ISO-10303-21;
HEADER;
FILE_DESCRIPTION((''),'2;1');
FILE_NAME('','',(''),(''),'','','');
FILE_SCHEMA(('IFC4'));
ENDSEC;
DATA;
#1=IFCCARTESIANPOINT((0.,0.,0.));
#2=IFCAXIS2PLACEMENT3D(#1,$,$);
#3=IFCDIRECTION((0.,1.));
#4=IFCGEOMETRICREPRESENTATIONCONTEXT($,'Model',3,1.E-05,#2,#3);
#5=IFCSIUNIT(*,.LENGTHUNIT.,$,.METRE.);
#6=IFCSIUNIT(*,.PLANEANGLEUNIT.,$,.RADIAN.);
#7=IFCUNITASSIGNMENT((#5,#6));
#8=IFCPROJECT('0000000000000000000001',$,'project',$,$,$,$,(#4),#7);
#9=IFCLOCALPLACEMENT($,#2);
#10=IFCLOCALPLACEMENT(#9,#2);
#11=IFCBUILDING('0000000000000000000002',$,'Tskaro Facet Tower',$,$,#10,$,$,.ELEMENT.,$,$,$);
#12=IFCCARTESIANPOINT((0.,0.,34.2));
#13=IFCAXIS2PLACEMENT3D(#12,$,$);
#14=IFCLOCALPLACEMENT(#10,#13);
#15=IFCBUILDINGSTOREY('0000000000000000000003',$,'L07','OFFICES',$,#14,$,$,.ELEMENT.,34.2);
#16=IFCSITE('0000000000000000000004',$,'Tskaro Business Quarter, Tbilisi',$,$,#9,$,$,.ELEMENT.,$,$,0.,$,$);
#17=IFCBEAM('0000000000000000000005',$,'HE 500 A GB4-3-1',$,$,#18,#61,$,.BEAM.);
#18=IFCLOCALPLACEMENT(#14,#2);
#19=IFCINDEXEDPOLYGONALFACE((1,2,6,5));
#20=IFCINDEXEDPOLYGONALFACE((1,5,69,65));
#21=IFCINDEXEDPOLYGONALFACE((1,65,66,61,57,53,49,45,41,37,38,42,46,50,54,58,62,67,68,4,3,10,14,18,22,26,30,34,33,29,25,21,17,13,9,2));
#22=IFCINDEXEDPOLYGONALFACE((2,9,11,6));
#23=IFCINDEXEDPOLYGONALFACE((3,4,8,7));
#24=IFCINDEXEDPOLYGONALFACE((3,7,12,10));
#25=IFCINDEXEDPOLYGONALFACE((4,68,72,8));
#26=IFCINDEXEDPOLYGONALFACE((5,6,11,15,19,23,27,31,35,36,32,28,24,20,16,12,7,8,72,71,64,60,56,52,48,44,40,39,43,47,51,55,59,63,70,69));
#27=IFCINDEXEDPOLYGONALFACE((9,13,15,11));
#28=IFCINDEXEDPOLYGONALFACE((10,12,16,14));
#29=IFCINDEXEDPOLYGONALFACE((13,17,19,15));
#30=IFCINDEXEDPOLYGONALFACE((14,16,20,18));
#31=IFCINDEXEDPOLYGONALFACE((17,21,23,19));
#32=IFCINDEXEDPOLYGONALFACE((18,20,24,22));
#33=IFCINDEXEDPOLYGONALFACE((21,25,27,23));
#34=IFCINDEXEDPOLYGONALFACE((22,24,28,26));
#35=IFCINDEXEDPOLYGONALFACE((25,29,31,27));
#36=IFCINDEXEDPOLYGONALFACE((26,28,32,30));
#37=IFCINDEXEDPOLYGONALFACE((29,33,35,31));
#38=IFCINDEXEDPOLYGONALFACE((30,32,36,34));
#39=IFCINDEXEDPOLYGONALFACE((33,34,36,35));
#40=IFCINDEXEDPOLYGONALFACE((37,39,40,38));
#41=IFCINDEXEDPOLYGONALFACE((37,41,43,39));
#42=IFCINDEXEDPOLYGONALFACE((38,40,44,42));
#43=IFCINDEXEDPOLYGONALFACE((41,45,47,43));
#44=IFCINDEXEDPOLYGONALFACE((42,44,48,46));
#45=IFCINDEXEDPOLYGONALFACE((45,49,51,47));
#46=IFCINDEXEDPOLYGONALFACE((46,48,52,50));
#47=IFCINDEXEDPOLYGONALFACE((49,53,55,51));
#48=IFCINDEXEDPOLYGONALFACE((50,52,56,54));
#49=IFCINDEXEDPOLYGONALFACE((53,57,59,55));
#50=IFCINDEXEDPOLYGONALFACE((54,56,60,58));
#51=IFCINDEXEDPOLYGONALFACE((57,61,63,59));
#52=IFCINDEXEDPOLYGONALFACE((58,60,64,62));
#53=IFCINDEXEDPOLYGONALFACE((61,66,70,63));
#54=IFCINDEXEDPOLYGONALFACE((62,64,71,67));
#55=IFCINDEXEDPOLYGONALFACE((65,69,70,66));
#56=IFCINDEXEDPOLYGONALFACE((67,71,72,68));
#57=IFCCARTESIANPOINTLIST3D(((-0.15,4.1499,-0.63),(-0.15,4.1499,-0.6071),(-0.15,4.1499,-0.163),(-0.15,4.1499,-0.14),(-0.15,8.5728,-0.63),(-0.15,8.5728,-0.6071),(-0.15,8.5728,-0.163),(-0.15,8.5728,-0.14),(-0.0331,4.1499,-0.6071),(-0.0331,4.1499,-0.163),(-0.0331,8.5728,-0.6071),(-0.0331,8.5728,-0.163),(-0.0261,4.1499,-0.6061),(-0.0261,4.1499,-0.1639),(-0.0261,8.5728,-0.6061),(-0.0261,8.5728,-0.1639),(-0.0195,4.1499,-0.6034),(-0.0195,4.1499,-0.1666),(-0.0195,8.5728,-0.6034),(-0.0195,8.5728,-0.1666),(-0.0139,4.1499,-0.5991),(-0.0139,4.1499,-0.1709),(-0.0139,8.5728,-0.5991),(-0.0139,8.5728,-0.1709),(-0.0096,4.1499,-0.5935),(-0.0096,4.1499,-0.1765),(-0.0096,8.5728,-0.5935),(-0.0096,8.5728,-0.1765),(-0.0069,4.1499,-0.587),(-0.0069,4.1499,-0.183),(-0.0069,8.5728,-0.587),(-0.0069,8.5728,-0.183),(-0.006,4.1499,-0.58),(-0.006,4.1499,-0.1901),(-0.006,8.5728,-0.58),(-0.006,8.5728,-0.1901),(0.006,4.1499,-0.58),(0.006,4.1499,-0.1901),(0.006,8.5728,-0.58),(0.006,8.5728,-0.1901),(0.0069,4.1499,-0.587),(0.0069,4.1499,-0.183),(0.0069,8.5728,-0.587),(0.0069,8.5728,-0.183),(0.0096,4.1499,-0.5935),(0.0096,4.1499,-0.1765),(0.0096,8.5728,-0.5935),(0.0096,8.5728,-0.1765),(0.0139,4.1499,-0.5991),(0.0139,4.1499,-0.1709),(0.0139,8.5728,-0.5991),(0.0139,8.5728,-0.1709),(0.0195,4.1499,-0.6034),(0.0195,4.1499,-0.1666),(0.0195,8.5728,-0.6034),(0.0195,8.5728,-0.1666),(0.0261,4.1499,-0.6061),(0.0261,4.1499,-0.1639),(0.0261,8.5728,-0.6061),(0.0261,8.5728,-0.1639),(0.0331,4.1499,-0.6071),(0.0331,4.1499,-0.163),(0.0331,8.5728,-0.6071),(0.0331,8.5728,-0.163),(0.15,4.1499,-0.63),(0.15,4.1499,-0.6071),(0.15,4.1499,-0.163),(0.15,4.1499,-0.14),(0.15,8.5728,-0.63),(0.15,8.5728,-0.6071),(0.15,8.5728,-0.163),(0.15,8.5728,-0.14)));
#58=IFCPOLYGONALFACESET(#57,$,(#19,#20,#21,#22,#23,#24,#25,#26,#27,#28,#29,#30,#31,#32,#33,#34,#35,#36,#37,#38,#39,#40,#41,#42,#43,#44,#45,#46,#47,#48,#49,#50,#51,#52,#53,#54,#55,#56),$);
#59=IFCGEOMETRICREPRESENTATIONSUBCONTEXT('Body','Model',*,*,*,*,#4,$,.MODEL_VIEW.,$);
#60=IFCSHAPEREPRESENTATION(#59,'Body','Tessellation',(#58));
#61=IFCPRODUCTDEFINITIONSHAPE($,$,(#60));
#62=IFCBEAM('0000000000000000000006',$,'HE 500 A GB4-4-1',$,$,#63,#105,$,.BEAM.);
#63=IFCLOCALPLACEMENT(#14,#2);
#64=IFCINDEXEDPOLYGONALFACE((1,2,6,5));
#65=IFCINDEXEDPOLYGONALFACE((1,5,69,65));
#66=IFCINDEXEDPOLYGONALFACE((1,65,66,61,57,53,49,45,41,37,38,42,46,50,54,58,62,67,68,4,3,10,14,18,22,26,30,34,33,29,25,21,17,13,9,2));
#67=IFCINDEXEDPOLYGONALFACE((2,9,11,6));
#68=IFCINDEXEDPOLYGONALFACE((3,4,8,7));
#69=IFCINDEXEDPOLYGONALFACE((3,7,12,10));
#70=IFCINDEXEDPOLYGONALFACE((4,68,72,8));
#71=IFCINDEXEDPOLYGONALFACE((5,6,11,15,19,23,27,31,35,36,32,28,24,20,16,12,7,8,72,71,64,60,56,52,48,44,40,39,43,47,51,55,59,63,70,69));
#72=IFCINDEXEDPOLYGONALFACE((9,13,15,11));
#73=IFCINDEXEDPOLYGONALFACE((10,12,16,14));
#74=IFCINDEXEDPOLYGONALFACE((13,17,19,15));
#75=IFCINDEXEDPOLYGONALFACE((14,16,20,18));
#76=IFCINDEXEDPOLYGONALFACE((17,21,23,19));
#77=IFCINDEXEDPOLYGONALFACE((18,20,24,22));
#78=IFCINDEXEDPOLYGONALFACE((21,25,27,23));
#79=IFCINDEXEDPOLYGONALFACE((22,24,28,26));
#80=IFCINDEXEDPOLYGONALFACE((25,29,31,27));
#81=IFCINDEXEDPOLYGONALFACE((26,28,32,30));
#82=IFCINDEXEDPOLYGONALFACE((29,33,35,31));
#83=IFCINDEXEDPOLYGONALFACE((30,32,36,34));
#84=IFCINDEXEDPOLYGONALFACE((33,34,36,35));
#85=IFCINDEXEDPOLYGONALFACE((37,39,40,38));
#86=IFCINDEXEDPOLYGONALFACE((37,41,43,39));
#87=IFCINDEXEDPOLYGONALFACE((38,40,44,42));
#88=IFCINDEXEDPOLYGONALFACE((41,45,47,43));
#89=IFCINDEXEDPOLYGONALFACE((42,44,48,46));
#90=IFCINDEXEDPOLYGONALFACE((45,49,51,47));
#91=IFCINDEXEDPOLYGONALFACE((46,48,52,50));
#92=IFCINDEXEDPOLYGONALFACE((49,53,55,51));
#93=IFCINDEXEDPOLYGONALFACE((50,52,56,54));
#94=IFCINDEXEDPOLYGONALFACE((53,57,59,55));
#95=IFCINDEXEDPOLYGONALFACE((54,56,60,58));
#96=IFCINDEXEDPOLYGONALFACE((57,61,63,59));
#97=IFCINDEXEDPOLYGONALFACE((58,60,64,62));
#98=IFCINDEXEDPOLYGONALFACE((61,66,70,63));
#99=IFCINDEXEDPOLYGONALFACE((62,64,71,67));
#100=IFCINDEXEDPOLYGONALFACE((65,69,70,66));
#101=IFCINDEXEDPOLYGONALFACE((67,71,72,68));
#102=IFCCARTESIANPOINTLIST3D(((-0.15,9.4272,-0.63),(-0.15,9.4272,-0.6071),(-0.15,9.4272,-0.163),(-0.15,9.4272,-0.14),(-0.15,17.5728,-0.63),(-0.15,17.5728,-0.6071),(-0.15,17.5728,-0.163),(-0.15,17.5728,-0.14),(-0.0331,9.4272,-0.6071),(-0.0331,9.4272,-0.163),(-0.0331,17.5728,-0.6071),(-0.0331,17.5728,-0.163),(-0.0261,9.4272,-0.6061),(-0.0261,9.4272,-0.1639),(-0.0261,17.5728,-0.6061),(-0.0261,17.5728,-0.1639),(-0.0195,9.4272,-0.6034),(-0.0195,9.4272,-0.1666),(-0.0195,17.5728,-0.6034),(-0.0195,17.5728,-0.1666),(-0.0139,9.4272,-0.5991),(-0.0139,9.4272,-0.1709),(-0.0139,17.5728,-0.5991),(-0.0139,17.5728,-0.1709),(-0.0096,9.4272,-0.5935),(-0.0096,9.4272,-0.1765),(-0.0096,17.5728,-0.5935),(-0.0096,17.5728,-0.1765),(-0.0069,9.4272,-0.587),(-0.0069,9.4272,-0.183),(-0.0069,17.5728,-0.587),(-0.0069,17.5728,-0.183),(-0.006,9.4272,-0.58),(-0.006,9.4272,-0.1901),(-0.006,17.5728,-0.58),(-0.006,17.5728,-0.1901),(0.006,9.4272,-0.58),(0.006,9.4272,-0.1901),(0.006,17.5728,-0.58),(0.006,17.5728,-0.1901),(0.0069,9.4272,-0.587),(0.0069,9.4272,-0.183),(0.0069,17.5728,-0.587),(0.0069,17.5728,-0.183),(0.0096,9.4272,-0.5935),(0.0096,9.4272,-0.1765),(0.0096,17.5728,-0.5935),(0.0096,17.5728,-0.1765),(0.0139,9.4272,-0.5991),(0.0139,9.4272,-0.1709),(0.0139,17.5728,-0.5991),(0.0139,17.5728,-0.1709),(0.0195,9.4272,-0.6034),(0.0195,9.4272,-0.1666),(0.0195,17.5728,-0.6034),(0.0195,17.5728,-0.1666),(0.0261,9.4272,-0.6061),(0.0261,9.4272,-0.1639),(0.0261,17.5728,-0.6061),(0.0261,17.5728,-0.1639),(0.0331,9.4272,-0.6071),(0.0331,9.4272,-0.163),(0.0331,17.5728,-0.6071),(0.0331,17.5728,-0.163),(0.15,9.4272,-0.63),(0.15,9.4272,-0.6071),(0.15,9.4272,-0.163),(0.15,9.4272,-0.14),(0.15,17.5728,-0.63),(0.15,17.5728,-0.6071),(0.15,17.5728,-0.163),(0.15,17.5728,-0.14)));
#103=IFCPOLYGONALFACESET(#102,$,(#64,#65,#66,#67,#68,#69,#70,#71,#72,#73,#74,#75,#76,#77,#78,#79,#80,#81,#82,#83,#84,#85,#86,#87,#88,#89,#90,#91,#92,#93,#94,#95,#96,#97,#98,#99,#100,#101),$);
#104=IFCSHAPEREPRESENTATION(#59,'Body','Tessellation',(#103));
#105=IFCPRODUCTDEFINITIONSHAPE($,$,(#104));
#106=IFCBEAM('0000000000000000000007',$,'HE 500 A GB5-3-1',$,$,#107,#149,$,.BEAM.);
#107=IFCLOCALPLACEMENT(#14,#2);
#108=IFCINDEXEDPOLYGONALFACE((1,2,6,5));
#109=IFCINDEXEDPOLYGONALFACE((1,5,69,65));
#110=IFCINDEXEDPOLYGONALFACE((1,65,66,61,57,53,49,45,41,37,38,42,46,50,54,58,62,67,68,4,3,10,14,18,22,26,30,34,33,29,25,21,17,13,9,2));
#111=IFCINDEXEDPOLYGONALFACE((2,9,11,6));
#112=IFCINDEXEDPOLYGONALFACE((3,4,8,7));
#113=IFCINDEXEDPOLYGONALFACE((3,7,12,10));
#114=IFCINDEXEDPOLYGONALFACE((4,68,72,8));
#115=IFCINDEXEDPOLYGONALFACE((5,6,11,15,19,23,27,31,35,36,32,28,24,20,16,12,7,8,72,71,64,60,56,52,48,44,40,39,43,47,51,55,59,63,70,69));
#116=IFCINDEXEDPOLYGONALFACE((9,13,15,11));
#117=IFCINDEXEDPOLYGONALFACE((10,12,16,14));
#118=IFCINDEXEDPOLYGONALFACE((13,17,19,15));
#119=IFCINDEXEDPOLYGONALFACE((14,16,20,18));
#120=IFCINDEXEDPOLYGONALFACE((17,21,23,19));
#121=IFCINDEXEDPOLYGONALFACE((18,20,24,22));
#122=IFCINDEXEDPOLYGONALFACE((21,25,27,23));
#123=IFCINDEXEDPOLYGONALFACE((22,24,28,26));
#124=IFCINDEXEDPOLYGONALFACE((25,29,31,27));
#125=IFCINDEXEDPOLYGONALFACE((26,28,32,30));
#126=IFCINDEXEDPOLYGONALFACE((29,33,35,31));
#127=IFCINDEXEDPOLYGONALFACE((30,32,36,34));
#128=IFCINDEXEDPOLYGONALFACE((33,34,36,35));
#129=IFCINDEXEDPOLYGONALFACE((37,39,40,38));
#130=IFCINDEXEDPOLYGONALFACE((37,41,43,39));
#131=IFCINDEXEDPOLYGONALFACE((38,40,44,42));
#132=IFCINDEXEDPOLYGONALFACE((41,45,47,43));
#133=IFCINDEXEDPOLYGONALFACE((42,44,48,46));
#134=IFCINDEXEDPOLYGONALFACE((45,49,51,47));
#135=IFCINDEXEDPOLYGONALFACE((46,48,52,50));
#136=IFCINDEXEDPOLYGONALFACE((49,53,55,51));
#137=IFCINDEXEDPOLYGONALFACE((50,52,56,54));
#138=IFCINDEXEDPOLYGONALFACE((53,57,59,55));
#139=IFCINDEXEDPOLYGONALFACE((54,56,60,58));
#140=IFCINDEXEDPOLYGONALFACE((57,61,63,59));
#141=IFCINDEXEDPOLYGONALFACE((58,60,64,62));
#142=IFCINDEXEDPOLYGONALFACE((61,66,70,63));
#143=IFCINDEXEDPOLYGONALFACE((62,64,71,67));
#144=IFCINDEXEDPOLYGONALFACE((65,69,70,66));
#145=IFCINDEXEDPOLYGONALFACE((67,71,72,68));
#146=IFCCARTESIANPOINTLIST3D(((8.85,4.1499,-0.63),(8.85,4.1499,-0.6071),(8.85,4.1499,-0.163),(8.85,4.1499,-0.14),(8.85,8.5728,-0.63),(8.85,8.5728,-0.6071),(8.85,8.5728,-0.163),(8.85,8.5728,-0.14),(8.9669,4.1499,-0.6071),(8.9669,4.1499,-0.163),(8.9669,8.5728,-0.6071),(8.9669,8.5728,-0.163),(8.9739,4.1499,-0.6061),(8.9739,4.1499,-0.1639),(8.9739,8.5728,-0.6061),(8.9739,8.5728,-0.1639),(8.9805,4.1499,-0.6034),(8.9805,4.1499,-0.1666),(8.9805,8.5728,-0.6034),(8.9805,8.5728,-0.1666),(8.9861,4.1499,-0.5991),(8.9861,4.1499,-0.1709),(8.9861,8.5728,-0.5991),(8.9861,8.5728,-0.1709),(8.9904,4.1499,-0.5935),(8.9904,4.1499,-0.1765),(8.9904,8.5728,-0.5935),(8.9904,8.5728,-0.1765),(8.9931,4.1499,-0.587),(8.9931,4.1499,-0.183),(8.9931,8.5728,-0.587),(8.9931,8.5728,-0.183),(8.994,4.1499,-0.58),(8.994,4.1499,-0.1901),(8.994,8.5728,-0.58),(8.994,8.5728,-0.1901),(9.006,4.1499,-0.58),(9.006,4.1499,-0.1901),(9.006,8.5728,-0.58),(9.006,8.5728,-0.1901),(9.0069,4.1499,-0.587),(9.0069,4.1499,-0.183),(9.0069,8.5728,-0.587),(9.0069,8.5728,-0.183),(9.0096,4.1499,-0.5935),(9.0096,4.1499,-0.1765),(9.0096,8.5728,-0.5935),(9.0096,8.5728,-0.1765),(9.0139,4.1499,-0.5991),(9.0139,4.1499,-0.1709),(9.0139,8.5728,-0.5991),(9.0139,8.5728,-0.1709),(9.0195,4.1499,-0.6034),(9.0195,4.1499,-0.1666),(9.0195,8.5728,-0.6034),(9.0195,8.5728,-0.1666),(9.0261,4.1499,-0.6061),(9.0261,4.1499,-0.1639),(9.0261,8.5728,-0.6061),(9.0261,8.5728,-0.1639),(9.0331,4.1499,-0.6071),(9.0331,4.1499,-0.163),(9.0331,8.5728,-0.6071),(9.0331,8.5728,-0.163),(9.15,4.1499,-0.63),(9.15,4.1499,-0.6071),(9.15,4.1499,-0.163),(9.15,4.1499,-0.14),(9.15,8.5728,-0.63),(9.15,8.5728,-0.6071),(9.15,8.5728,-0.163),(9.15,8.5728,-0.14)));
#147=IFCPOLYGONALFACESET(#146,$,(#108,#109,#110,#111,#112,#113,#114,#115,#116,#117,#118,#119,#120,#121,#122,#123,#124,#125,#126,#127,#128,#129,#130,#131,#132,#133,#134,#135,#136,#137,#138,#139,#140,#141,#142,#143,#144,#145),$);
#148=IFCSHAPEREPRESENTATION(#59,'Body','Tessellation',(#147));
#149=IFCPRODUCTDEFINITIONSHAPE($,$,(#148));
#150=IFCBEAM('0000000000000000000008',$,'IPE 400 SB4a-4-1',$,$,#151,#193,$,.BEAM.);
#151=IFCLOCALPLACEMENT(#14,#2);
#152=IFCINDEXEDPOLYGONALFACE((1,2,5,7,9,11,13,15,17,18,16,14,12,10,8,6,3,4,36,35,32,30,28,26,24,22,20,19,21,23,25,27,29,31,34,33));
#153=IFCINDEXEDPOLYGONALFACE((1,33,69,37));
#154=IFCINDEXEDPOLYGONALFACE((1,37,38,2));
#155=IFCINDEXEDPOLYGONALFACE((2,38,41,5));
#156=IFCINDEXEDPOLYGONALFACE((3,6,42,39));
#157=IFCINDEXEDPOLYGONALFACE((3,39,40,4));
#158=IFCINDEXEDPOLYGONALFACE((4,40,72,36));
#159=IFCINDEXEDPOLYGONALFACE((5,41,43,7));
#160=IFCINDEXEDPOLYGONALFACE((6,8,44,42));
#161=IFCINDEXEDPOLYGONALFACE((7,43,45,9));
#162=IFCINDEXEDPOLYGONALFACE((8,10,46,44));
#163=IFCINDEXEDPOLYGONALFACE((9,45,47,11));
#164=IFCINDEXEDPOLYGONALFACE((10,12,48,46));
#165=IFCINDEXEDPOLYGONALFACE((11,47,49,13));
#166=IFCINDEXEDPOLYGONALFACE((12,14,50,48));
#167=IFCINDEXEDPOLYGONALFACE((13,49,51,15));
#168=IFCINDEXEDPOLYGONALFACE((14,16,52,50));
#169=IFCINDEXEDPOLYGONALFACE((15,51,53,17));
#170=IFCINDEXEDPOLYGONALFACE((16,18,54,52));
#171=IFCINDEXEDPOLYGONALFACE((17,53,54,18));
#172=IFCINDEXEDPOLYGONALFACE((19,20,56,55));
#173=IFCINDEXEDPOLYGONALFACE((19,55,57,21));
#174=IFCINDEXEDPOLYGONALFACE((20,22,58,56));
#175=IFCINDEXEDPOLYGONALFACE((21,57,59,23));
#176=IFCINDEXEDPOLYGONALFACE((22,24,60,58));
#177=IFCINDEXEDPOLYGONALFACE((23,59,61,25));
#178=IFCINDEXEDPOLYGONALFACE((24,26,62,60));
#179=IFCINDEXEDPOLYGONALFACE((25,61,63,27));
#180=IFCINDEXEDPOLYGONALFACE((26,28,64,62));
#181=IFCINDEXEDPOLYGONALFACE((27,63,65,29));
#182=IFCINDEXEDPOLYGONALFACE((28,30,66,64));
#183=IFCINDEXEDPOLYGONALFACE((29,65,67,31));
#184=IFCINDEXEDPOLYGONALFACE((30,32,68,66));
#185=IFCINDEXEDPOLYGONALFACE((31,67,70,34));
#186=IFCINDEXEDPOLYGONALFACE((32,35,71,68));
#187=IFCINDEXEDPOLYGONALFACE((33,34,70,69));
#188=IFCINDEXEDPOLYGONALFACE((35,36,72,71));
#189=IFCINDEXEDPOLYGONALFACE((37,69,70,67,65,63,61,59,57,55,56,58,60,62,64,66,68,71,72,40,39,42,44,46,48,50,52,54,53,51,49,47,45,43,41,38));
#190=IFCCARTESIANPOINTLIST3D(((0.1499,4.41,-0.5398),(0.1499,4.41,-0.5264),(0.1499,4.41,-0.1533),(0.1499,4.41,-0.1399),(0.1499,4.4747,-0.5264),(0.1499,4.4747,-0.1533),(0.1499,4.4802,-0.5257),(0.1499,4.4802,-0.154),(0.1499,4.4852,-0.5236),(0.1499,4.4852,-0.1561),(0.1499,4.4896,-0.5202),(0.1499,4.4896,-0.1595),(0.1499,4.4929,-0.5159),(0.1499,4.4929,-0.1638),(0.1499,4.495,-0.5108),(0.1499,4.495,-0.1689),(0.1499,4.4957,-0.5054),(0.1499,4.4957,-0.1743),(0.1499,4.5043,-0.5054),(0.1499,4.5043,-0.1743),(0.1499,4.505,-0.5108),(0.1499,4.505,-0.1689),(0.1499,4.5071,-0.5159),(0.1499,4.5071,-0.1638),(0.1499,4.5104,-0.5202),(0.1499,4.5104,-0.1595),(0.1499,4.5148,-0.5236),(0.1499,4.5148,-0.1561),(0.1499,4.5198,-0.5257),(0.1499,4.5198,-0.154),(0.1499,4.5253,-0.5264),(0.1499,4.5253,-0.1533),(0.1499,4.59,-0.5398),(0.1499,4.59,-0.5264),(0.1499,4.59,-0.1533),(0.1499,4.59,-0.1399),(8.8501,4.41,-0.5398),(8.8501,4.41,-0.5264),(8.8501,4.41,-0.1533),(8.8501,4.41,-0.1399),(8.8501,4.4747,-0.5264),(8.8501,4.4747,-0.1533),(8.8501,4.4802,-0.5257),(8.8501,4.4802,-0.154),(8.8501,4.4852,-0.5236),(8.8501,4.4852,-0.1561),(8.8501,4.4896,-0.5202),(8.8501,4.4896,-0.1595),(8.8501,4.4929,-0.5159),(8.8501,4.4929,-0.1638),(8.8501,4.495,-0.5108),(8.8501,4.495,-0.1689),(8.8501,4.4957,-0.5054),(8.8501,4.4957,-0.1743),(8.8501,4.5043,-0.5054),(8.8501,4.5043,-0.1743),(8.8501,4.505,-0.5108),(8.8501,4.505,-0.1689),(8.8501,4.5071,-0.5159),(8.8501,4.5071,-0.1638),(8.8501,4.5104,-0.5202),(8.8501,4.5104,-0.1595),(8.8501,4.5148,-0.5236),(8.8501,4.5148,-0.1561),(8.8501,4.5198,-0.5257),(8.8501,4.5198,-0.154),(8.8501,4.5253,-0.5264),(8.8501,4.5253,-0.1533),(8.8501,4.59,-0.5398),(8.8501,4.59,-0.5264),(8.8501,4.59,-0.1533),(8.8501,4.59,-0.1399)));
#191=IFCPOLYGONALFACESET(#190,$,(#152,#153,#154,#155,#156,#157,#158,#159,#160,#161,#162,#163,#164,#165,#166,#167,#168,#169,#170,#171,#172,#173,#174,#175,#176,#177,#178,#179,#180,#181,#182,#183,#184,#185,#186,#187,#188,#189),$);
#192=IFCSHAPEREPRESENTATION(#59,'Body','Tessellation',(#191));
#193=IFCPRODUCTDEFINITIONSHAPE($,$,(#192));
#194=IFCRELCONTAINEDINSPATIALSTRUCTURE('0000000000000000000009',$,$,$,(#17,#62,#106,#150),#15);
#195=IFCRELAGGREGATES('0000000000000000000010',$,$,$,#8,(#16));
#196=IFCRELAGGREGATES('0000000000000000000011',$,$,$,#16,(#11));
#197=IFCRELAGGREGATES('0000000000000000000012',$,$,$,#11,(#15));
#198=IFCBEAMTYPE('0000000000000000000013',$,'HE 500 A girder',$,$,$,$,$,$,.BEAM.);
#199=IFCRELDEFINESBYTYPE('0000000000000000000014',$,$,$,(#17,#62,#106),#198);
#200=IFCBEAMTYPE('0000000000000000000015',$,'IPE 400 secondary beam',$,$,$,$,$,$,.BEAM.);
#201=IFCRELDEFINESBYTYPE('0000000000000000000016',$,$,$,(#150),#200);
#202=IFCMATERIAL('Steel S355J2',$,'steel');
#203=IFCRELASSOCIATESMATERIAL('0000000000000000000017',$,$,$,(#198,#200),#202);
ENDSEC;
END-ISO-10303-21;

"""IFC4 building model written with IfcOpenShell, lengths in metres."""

from ifc_helpers import new_model, si_unit, direction, frame, origin, origin_2d, place, context, subcontext, project, spatial, i_section, extrude, material, material_profile, profile_set, type_object, element, save


model = new_model("IFC4")

# Units and contexts
model_context = context("Model", 3, precision=1e-05, world=origin(), true_north=direction((0.0, 1.0)))
body_context = subcontext(model_context, "Body", "Model", "MODEL_VIEW")
ifc_project = project(units=[si_unit("LENGTHUNIT", "METRE"), si_unit("PLANEANGLEUNIT", "RADIAN")], contexts=[model_context])

# Site, building, storey
site_placement = place(None, origin())
site = spatial("IfcSite", under=ifc_project, at=site_placement, Name="Tskaro Business Quarter, Tbilisi", CompositionType="ELEMENT", RefElevation=0.0)
building_placement = place(site_placement, origin())
building = spatial("IfcBuilding", under=site, at=building_placement, Name="Tskaro Facet Tower", CompositionType="ELEMENT")
storey_placement = place(building_placement, frame((0.0, 0.0, 34.2)))
storey = spatial("IfcBuildingStorey", under=building, at=storey_placement, Name="L07", Description="OFFICES", CompositionType="ELEMENT", Elevation=34.2)

# Beams
ifc_material_1 = material(Name="Steel S355J2", Category="steel")
ifc_material_profile_1 = material_profile(ifc_material_1, i_section(OverallWidth=0.3, OverallDepth=0.49, WebThickness=0.012, FlangeThickness=0.0229, FilletRadius=0.0271, at=origin_2d()), Name="HE 500 A")
ifc_profile_set_1 = profile_set([ifc_material_profile_1], Name="Steel S355J2")
beam_type_1 = type_object("IfcBeamType", Name="HE 500 A girder", PredefinedType="BEAM", material=ifc_profile_set_1)
beam_1_placement = place(storey_placement, frame((0.0, 4.1499, -0.385), z_axis=(0.0, 1.0, 0.0), x_axis=(-1.0, 0.0, 0.0)))
element("IfcBeam", 1, at=beam_1_placement, inside=storey, type_object=beam_type_1, Name="HE 500 A GB4-3-1", PredefinedType="BEAM", context=body_context, shape_type="SweptSolid", body=[
    extrude(i_section(OverallWidth=0.3, OverallDepth=0.49, WebThickness=0.012, FlangeThickness=0.0229, FilletRadius=0.0271, at=origin_2d()), origin(), (0.0, 0.0, 1.0), 4.4229),
])
beam_2_placement = place(storey_placement, frame((0.0, 9.4272, -0.385), z_axis=(0.0, 1.0, 0.0), x_axis=(-1.0, 0.0, 0.0)))
element("IfcBeam", 2, at=beam_2_placement, inside=storey, type_object=beam_type_1, Name="HE 500 A GB4-4-1", PredefinedType="BEAM", context=body_context, shape_type="SweptSolid", body=[
    extrude(i_section(OverallWidth=0.3, OverallDepth=0.49, WebThickness=0.012, FlangeThickness=0.0229, FilletRadius=0.0271, at=origin_2d()), origin(), (0.0, 0.0, 1.0), 8.1455),
])
beam_3_placement = place(storey_placement, frame((9.0, 4.1499, -0.385), z_axis=(0.0, 1.0, 0.0), x_axis=(-1.0, 0.0, 0.0)))
element("IfcBeam", 3, at=beam_3_placement, inside=storey, type_object=beam_type_1, Name="HE 500 A GB5-3-1", PredefinedType="BEAM", context=body_context, shape_type="SweptSolid", body=[
    extrude(i_section(OverallWidth=0.3, OverallDepth=0.49, WebThickness=0.012, FlangeThickness=0.0229, FilletRadius=0.0271, at=origin_2d()), origin(), (0.0, 0.0, 1.0), 4.4229),
])
ifc_material_profile_2 = material_profile(ifc_material_1, i_section(OverallWidth=0.1799, OverallDepth=0.3999, WebThickness=0.0085, FlangeThickness=0.0134, FilletRadius=0.021, at=origin_2d()), Name="IPE 400")
ifc_profile_set_2 = profile_set([ifc_material_profile_2], Name="Steel S355J2")
beam_type_2 = type_object("IfcBeamType", Name="IPE 400 secondary beam", PredefinedType="BEAM", material=ifc_profile_set_2)
beam_4_placement = place(storey_placement, frame((0.1499, 4.5, -0.3398), z_axis=(1.0, 0.0, 0.0), x_axis=(0.0, 1.0, 0.0)))
element("IfcBeam", 4, at=beam_4_placement, inside=storey, type_object=beam_type_2, Name="IPE 400 SB4a-4-1", PredefinedType="BEAM", context=body_context, shape_type="SweptSolid", body=[
    extrude(i_section(OverallWidth=0.1799, OverallDepth=0.3999, WebThickness=0.0085, FlangeThickness=0.0134, FilletRadius=0.021, at=origin_2d()), origin(), (0.0, 0.0, 1.0), 8.7002),
])

save(model, "model.ifc")
